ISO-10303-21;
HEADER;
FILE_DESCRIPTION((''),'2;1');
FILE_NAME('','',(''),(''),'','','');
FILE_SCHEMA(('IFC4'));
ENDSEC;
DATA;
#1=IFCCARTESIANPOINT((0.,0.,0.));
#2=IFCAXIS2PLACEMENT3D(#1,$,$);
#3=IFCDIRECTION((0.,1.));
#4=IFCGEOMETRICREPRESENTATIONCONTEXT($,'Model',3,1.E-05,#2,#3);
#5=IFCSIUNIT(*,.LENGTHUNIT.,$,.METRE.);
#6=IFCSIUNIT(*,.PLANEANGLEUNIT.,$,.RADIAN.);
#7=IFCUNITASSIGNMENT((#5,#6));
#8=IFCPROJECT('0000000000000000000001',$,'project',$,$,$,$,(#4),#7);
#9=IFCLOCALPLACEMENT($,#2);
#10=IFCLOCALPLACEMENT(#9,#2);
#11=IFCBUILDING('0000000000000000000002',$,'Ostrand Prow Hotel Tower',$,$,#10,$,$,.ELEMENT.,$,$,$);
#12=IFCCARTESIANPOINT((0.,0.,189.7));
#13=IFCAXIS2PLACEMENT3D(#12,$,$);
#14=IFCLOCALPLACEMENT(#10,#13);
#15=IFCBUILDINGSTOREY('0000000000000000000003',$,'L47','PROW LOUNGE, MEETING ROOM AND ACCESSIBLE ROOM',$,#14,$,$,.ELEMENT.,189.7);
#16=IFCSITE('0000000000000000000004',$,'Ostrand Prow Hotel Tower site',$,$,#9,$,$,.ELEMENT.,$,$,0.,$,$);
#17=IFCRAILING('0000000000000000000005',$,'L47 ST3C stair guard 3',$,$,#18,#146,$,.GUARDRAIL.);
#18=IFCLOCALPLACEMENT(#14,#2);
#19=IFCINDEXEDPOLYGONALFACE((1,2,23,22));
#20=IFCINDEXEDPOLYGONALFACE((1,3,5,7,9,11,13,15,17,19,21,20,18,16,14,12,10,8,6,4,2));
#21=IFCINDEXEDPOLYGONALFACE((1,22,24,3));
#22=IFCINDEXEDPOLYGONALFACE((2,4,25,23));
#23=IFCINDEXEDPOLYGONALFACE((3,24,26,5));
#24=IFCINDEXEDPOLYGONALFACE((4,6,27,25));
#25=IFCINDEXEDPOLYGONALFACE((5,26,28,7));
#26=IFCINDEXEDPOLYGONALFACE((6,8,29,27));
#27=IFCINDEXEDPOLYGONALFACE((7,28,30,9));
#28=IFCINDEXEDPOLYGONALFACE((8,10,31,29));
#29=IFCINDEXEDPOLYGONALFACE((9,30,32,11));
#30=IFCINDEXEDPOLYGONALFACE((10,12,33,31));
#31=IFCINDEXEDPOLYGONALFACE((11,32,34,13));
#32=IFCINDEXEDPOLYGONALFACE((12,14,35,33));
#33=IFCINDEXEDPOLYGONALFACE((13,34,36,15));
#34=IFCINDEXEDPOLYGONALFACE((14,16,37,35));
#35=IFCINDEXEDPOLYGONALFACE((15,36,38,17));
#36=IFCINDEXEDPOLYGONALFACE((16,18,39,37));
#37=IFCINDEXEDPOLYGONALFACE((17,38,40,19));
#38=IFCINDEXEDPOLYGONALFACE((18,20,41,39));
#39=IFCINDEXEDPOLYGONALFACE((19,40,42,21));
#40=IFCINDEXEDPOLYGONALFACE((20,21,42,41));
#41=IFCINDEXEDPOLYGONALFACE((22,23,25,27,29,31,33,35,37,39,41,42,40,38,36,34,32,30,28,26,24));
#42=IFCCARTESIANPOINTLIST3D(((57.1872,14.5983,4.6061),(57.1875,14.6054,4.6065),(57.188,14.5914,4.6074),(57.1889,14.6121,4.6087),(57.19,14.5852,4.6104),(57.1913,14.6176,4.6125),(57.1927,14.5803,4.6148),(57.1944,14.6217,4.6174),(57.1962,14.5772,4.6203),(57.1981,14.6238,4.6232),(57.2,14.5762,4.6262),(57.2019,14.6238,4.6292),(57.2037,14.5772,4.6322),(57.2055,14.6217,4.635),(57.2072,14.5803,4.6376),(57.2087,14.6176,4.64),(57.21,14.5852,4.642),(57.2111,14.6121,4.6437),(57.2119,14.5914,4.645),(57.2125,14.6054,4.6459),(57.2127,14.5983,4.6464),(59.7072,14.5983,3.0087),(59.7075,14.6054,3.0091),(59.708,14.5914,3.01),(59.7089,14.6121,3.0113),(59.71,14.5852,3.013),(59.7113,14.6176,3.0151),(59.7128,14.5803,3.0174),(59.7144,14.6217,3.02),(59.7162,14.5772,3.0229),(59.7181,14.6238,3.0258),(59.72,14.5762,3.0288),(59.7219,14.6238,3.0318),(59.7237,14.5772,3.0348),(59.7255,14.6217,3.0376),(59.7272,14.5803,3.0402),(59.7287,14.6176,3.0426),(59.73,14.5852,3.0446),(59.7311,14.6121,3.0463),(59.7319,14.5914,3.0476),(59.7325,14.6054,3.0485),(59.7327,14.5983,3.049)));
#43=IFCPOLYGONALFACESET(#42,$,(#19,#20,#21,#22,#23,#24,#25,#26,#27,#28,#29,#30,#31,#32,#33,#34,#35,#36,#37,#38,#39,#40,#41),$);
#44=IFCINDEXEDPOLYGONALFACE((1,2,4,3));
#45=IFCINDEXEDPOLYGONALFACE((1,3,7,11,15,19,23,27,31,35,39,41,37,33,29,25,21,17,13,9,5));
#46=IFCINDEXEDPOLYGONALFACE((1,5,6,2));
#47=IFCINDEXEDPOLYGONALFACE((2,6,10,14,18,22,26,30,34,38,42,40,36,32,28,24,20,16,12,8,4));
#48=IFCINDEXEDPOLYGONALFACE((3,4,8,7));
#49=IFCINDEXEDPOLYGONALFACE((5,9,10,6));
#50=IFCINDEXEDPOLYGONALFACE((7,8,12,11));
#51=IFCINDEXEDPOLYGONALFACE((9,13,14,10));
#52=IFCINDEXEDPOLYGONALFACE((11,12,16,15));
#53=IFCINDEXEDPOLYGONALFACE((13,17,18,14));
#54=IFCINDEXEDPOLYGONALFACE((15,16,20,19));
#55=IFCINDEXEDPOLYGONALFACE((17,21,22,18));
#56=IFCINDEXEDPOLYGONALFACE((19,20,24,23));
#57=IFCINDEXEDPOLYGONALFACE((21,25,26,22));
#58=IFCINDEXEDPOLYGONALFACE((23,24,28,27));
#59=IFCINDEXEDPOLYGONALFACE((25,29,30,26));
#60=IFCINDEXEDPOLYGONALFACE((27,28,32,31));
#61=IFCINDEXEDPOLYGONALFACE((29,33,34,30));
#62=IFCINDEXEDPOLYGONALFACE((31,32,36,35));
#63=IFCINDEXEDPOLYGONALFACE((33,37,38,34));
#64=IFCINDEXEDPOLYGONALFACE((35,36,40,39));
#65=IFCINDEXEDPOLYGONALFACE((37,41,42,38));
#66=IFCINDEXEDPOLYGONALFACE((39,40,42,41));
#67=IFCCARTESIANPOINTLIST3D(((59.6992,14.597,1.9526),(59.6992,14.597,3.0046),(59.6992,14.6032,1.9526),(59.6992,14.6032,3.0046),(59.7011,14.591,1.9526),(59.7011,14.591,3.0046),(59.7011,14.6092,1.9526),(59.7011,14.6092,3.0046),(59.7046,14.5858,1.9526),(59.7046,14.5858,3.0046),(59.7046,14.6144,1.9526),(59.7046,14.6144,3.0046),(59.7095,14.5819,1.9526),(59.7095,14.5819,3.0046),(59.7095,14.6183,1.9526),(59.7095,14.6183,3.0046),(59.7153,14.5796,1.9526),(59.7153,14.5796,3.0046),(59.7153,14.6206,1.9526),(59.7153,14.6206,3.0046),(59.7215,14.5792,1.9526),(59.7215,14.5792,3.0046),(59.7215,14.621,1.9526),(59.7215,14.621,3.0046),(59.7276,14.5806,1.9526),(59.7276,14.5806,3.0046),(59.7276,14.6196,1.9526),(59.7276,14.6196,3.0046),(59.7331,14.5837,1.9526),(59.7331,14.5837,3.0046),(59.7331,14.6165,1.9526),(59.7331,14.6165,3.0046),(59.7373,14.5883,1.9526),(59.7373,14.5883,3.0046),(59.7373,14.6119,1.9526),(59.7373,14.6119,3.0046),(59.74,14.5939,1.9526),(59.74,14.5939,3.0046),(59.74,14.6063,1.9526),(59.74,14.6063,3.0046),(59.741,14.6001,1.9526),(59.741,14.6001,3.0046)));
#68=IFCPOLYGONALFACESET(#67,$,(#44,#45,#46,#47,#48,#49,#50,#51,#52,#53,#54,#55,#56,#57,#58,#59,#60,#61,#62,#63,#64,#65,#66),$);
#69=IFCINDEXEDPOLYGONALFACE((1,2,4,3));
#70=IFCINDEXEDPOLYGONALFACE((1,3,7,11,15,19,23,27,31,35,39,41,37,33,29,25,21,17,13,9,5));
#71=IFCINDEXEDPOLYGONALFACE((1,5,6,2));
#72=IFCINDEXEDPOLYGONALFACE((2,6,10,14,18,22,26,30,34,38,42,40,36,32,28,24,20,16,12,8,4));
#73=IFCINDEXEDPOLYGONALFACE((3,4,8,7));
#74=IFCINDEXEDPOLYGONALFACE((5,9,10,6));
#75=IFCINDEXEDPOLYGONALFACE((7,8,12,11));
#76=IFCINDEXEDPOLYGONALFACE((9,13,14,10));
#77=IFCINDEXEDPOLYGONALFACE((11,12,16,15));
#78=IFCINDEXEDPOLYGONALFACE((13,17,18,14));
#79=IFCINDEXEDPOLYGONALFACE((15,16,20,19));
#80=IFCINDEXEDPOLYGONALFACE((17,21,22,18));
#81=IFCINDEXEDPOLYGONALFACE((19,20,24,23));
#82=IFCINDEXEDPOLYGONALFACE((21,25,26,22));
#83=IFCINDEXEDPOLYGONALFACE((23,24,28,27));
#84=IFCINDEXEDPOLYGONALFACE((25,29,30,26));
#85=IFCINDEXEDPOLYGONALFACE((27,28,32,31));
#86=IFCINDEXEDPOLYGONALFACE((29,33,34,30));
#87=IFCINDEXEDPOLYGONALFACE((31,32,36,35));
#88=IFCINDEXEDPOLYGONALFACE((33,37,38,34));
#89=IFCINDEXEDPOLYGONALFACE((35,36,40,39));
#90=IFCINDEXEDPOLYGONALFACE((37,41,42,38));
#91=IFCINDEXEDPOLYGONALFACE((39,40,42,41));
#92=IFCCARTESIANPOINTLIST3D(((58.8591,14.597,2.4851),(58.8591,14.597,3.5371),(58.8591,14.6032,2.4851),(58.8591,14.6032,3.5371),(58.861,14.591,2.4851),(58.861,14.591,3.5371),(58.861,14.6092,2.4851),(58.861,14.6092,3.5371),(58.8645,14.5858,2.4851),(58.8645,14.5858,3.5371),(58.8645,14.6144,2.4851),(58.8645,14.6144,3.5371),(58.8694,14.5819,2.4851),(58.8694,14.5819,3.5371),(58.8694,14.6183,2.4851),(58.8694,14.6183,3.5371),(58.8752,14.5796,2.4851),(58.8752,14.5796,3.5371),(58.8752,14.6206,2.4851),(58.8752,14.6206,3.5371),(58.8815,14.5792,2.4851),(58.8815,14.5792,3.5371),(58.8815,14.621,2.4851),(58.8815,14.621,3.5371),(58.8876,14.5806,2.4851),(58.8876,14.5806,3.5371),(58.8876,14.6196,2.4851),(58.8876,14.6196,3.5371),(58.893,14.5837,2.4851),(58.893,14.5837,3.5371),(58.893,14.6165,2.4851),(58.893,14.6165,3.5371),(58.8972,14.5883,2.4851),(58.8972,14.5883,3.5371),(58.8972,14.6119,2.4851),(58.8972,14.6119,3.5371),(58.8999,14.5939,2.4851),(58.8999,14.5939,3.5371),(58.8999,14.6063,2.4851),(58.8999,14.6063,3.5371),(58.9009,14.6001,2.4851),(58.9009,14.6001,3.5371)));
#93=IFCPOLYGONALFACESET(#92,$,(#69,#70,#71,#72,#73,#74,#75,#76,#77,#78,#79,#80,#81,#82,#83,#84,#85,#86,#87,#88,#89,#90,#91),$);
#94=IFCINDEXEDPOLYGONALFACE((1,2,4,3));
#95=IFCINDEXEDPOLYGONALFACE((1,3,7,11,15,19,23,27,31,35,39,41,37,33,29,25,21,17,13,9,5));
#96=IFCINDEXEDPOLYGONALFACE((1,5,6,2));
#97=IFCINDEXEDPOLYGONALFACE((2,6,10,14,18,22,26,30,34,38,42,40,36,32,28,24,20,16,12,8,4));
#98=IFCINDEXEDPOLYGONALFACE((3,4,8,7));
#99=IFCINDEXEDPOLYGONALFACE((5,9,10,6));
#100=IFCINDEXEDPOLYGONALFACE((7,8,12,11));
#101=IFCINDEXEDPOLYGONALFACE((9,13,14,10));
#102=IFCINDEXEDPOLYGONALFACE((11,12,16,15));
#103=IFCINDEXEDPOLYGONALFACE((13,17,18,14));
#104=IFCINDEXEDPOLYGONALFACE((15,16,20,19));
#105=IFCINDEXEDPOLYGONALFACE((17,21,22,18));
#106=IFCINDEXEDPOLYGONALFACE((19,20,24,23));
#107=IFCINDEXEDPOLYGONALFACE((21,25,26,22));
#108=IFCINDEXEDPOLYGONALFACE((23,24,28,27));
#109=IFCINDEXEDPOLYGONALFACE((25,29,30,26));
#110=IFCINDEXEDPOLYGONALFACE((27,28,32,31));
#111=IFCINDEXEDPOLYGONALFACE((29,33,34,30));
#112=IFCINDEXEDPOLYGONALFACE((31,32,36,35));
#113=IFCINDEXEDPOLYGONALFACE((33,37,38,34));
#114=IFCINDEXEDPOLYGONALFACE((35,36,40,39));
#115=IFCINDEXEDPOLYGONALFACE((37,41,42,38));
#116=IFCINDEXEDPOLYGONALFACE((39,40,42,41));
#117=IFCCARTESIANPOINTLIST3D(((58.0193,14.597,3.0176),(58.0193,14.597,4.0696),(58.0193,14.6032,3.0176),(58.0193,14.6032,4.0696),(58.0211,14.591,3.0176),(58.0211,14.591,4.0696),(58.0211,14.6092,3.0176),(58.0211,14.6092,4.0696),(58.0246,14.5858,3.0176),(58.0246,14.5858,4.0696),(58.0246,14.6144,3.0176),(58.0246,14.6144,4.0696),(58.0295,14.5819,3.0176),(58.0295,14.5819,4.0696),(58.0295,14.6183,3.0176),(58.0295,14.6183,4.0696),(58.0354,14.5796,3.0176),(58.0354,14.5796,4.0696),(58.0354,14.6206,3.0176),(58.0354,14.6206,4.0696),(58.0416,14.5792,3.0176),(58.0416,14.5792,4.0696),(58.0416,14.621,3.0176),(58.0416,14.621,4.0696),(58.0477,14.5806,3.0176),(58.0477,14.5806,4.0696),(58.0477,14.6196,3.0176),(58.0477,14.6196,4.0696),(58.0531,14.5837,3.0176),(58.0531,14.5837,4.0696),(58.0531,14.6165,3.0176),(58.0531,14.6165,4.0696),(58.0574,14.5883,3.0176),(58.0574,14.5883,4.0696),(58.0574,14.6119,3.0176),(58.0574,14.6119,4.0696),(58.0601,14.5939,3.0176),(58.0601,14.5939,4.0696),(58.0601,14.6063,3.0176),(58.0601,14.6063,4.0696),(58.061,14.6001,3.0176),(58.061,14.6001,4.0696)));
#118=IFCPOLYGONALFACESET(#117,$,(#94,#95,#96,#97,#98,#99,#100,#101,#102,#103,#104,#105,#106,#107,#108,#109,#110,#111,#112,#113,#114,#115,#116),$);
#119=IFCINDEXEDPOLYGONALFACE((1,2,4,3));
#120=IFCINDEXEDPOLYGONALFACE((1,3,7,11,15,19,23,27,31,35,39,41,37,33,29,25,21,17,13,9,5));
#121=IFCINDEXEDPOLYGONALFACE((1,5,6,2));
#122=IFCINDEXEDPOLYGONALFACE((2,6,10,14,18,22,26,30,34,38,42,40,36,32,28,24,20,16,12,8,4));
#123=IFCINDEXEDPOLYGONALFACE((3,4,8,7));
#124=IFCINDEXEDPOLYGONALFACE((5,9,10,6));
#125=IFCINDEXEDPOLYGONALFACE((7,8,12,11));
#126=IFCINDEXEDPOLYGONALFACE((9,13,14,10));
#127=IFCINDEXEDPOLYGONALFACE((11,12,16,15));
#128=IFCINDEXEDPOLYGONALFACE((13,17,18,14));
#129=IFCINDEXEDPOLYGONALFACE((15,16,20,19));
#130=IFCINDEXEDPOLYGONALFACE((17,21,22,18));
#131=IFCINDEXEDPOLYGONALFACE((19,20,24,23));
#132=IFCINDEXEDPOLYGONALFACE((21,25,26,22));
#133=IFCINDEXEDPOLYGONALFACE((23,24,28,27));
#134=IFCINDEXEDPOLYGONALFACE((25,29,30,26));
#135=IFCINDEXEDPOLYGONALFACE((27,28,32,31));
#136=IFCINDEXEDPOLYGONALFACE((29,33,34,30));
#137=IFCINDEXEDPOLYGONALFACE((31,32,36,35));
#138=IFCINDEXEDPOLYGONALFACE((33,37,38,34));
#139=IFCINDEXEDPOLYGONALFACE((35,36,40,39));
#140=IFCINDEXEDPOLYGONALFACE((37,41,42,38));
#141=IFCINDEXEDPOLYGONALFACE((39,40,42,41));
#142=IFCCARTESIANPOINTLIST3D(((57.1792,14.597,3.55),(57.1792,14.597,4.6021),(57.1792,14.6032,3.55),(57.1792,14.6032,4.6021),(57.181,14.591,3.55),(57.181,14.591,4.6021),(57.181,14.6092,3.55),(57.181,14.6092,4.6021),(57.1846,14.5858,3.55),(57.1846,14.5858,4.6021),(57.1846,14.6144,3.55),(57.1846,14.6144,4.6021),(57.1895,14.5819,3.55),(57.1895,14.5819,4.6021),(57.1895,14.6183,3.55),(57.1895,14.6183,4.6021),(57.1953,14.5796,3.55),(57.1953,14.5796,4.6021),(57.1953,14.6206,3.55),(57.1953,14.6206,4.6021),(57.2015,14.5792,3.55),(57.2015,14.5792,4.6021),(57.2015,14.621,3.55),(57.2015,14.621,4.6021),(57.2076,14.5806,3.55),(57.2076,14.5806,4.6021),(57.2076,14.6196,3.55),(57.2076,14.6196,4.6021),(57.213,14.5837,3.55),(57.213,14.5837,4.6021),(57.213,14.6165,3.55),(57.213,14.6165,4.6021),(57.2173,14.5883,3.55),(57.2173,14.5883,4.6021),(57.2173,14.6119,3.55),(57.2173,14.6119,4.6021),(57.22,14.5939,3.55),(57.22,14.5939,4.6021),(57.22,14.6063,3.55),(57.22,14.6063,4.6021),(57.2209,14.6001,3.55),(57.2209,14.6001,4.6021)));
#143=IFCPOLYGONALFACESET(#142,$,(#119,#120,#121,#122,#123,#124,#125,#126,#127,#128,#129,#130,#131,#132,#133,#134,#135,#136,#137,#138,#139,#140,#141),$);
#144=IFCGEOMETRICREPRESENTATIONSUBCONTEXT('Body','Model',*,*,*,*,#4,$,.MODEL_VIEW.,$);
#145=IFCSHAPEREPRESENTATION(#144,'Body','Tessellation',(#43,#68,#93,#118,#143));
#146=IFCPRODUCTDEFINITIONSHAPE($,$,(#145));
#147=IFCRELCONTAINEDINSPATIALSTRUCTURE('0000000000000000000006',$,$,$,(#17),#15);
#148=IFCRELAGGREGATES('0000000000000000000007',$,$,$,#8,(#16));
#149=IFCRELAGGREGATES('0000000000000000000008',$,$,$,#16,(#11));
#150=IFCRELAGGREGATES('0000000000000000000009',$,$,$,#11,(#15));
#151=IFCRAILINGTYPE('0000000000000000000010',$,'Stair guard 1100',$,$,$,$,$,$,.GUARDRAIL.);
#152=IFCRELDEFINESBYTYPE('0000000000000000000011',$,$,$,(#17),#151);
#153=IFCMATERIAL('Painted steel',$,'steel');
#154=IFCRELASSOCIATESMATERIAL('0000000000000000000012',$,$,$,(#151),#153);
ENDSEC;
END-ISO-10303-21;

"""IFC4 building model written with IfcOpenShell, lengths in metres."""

from ifc_helpers import new_model, si_unit, direction, frame, origin, origin_2d, place, context, subcontext, project, spatial, circle, extrude, material, type_object, element, save


model = new_model("IFC4")

# Units and contexts
model_context = context("Model", 3, precision=1e-05, world=origin(), true_north=direction((0.0, 1.0)))
body_context = subcontext(model_context, "Body", "Model", "MODEL_VIEW")
ifc_project = project(units=[si_unit("LENGTHUNIT", "METRE"), si_unit("PLANEANGLEUNIT", "RADIAN")], contexts=[model_context])

# Site, building, storey
site_placement = place(None, origin())
site = spatial("IfcSite", under=ifc_project, at=site_placement, Name="Ostrand Prow Hotel Tower site", CompositionType="ELEMENT", RefElevation=0.0)
building_placement = place(site_placement, origin())
building = spatial("IfcBuilding", under=site, at=building_placement, Name="Ostrand Prow Hotel Tower", CompositionType="ELEMENT")
storey_placement = place(building_placement, frame((0.0, 0.0, 189.7)))
storey = spatial("IfcBuildingStorey", under=building, at=storey_placement, Name="L47", Description="PROW LOUNGE, MEETING ROOM AND ACCESSIBLE ROOM", CompositionType="ELEMENT", Elevation=189.7)

# Railing
ifc_material_1 = material(Name="Painted steel", Category="steel")
railing_type_1 = type_object("IfcRailingType", Name="Stair guard 1100", PredefinedType="GUARDRAIL", material=ifc_material_1)
railing_1_placement = place(storey_placement, frame((59.72, 14.6001, 1.9526)))
element("IfcRailing", 1, at=railing_1_placement, inside=storey, type_object=railing_type_1, Name="L47 ST3C stair guard 3", PredefinedType="GUARDRAIL", context=body_context, shape_type="SweptSolid", body=[
    extrude(circle(Radius=0.0239, at=origin_2d()), frame((0.0, 0.0, 1.0762), z_axis=(-0.844607, 0.0, 0.535387), x_axis=(0.0, -1.0, 0.0)), (0.0, 0.0, 1.0), 2.9836),
    extrude(circle(Radius=0.021, at=origin_2d()), origin(), (0.0, 0.0, 1.0), 1.052),
    extrude(circle(Radius=0.021, at=origin_2d()), frame((-0.8401, 0.0, 0.5325)), (0.0, 0.0, 1.0), 1.052),
    extrude(circle(Radius=0.021, at=origin_2d()), frame((-1.6799, 0.0, 1.0649)), (0.0, 0.0, 1.0), 1.052),
    extrude(circle(Radius=0.021, at=origin_2d()), frame((-2.52, 0.0, 1.5974)), (0.0, 0.0, 1.0), 1.052),
])

save(model, "model.ifc")
